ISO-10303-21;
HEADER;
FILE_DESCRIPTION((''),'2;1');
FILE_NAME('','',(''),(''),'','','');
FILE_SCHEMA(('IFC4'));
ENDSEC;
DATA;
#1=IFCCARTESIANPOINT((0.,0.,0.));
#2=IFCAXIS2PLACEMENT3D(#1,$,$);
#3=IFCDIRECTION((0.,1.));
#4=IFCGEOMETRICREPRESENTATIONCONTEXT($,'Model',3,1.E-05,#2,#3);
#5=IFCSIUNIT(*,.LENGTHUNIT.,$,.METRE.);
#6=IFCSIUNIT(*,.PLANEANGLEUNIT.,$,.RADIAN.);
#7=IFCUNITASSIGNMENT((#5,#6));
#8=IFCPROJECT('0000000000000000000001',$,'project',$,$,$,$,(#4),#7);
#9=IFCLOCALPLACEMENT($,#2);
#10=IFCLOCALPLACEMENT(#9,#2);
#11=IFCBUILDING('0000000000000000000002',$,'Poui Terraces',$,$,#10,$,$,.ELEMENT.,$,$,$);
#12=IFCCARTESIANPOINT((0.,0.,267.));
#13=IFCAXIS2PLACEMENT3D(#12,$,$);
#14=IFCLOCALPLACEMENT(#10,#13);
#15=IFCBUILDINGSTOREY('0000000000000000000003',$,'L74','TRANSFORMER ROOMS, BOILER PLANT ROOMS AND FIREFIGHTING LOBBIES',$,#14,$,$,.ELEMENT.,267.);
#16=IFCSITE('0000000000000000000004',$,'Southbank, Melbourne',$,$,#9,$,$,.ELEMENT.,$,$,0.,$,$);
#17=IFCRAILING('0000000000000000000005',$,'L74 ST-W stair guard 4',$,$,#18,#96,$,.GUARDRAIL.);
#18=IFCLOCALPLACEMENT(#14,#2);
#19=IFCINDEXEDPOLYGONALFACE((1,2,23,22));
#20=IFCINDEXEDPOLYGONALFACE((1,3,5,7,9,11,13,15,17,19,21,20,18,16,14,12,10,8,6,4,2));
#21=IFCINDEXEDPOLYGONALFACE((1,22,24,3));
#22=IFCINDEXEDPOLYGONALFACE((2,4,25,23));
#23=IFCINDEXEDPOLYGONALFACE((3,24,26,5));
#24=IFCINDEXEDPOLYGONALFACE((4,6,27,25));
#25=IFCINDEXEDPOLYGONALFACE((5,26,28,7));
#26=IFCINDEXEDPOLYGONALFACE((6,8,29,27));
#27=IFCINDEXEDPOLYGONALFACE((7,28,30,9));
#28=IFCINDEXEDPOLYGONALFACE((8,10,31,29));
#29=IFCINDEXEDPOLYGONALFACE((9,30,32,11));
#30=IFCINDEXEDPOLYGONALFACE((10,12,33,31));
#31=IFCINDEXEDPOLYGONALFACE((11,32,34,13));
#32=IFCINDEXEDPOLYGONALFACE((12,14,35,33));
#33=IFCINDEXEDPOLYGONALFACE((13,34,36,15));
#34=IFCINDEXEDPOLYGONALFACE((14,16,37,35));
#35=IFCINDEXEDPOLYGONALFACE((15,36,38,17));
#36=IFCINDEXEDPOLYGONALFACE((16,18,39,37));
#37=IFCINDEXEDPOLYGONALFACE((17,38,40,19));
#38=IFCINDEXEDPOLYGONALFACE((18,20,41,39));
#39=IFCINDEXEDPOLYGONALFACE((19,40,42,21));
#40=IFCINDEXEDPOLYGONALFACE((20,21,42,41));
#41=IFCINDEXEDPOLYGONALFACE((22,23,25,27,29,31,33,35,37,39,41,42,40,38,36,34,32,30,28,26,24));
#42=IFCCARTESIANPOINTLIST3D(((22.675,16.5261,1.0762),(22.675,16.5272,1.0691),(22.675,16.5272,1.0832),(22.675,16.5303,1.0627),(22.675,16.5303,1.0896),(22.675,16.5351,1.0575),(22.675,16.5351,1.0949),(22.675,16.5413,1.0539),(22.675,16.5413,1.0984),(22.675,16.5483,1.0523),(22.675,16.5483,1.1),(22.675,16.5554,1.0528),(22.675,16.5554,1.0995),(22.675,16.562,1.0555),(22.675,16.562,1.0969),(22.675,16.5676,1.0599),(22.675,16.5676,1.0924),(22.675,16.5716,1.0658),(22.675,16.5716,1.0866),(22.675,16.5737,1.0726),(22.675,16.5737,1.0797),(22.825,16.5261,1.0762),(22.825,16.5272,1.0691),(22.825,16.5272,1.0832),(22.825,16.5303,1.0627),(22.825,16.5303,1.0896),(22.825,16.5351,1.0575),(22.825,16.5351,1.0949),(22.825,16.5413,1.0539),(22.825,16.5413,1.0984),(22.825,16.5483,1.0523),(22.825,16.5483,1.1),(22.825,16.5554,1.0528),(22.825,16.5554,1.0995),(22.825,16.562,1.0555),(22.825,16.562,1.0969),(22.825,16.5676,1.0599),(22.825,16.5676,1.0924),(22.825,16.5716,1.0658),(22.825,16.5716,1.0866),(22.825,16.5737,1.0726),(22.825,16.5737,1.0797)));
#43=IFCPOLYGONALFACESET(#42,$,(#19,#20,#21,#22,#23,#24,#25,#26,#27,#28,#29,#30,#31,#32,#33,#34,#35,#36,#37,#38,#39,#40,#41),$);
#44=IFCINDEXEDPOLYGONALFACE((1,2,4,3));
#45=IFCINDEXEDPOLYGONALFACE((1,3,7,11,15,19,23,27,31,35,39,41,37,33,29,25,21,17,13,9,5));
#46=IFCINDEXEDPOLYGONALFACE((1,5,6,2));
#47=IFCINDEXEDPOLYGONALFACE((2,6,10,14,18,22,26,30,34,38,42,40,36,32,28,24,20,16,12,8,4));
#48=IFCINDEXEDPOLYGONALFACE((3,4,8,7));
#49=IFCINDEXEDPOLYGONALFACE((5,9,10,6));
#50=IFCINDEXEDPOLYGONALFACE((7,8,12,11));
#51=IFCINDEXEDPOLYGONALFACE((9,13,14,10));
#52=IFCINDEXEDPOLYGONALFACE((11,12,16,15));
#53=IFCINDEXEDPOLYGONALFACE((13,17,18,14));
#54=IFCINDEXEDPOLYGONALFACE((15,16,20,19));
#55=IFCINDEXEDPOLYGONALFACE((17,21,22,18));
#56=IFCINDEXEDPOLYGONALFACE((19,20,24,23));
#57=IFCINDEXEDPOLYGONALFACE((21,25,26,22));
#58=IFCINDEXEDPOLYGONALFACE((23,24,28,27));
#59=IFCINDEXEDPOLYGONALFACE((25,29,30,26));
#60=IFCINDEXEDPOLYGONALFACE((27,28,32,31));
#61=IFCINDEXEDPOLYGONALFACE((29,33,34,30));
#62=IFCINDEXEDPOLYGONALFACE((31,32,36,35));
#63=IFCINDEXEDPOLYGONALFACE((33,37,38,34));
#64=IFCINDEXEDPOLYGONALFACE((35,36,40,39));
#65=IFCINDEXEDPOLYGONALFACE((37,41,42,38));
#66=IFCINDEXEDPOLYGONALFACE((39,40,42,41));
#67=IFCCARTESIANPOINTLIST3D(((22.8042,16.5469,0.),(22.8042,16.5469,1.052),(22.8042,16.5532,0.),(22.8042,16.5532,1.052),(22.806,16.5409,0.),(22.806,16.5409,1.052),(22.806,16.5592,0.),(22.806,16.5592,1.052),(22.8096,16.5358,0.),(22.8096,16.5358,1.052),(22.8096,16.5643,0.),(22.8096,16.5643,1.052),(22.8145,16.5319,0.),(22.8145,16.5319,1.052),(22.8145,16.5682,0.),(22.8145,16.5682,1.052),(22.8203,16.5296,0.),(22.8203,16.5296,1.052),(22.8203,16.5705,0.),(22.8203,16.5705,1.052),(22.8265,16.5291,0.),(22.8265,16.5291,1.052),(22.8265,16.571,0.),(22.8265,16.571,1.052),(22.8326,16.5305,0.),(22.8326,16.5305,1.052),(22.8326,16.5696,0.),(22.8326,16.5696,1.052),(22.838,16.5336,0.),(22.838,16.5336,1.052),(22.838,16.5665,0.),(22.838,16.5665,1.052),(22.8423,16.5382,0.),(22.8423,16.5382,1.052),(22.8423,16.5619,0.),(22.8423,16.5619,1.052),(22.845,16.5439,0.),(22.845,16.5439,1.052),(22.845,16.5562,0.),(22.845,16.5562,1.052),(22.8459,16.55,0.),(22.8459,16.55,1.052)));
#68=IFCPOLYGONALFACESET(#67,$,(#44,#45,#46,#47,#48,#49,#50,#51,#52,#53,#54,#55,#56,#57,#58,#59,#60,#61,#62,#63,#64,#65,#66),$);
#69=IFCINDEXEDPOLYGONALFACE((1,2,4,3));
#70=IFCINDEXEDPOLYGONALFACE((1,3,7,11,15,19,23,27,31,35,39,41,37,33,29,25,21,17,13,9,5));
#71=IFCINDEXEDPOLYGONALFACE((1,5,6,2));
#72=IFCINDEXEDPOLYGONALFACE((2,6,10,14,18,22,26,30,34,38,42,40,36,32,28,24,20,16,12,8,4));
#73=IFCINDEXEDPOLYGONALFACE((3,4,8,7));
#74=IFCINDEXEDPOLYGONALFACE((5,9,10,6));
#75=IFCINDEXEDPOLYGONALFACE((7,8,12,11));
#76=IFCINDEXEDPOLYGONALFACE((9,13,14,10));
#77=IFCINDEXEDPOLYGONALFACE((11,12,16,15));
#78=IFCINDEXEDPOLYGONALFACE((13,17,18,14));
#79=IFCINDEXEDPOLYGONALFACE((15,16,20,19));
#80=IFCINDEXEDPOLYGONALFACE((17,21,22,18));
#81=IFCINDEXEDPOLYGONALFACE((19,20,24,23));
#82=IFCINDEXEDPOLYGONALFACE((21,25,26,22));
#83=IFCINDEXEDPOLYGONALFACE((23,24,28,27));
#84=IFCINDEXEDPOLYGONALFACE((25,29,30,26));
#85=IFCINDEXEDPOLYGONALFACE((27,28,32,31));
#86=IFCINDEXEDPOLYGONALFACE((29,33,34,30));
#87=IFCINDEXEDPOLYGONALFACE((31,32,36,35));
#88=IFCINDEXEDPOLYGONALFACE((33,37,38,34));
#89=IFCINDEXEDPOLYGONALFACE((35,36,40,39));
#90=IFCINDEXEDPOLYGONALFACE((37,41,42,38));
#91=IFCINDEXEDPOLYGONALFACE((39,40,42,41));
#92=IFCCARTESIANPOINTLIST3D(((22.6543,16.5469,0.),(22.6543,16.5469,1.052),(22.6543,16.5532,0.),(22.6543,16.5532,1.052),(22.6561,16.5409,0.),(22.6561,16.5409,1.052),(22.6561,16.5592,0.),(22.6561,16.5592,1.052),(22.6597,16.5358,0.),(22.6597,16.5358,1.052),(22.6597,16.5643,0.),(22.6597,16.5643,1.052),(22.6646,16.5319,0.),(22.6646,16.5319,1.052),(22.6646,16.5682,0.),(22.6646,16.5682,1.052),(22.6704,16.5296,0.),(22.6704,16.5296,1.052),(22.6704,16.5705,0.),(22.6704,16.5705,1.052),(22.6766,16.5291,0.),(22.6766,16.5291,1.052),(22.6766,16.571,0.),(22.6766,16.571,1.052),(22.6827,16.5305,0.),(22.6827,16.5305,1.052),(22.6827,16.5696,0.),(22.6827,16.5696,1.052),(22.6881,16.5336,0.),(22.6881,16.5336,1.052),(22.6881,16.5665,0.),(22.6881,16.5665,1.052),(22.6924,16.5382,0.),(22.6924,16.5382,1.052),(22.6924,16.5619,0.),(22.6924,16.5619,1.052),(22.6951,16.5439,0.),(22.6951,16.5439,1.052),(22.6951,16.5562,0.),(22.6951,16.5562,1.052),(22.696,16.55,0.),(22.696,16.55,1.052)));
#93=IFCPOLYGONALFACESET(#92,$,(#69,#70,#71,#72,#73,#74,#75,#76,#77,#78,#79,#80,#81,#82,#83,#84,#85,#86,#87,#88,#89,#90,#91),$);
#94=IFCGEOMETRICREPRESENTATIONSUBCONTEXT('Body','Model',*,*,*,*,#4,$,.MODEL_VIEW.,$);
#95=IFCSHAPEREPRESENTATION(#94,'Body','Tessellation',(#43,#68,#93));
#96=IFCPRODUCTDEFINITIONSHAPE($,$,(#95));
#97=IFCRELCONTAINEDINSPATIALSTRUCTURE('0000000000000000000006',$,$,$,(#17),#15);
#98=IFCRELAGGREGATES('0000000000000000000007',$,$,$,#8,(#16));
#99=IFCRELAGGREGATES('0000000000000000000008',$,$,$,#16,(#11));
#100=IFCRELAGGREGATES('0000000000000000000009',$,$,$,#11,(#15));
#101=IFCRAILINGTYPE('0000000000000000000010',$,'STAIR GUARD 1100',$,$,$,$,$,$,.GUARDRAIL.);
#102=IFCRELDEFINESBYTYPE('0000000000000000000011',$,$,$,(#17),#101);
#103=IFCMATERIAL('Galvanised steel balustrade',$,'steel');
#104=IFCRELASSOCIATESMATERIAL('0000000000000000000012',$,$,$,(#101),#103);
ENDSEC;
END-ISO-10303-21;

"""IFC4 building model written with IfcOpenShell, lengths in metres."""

from ifc_helpers import new_model, si_unit, direction, frame, origin, origin_2d, place, context, subcontext, project, spatial, circle, extrude, material, type_object, element, save


model = new_model("IFC4")

# Units and contexts
model_context = context("Model", 3, precision=1e-05, world=origin(), true_north=direction((0.0, 1.0)))
body_context = subcontext(model_context, "Body", "Model", "MODEL_VIEW")
ifc_project = project(units=[si_unit("LENGTHUNIT", "METRE"), si_unit("PLANEANGLEUNIT", "RADIAN")], contexts=[model_context])

# Site, building, storey
site_placement = place(None, origin())
site = spatial("IfcSite", under=ifc_project, at=site_placement, Name="Southbank, Melbourne", CompositionType="ELEMENT", RefElevation=0.0)
building_placement = place(site_placement, origin())
building = spatial("IfcBuilding", under=site, at=building_placement, Name="Poui Terraces", CompositionType="ELEMENT")
storey_placement = place(building_placement, frame((0.0, 0.0, 267.0)))
storey = spatial("IfcBuildingStorey", under=building, at=storey_placement, Name="L74", Description="TRANSFORMER ROOMS, BOILER PLANT ROOMS AND FIREFIGHTING LOBBIES", CompositionType="ELEMENT", Elevation=267.0)

# Railing
ifc_material_1 = material(Name="Galvanised steel balustrade", Category="steel")
railing_type_1 = type_object("IfcRailingType", Name="STAIR GUARD 1100", PredefinedType="GUARDRAIL", material=ifc_material_1)
railing_1_placement = place(storey_placement, frame((22.825, 16.55, 0.0)))
element("IfcRailing", 1, at=railing_1_placement, inside=storey, type_object=railing_type_1, Name="L74 ST-W stair guard 4", PredefinedType="GUARDRAIL", context=body_context, shape_type="SweptSolid", body=[
    extrude(circle(Radius=0.0239, at=origin_2d()), frame((0.0, 0.0, 1.0762), z_axis=(-1.0, 0.0, 0.0), x_axis=(0.0, -1.0, 0.0)), (0.0, 0.0, 1.0), 0.1499),
    extrude(circle(Radius=0.021, at=origin_2d()), origin(), (0.0, 0.0, 1.0), 1.052),
    extrude(circle(Radius=0.021, at=origin_2d()), frame((-0.1499, 0.0, 0.0)), (0.0, 0.0, 1.0), 1.052),
])

save(model, "model.ifc")
